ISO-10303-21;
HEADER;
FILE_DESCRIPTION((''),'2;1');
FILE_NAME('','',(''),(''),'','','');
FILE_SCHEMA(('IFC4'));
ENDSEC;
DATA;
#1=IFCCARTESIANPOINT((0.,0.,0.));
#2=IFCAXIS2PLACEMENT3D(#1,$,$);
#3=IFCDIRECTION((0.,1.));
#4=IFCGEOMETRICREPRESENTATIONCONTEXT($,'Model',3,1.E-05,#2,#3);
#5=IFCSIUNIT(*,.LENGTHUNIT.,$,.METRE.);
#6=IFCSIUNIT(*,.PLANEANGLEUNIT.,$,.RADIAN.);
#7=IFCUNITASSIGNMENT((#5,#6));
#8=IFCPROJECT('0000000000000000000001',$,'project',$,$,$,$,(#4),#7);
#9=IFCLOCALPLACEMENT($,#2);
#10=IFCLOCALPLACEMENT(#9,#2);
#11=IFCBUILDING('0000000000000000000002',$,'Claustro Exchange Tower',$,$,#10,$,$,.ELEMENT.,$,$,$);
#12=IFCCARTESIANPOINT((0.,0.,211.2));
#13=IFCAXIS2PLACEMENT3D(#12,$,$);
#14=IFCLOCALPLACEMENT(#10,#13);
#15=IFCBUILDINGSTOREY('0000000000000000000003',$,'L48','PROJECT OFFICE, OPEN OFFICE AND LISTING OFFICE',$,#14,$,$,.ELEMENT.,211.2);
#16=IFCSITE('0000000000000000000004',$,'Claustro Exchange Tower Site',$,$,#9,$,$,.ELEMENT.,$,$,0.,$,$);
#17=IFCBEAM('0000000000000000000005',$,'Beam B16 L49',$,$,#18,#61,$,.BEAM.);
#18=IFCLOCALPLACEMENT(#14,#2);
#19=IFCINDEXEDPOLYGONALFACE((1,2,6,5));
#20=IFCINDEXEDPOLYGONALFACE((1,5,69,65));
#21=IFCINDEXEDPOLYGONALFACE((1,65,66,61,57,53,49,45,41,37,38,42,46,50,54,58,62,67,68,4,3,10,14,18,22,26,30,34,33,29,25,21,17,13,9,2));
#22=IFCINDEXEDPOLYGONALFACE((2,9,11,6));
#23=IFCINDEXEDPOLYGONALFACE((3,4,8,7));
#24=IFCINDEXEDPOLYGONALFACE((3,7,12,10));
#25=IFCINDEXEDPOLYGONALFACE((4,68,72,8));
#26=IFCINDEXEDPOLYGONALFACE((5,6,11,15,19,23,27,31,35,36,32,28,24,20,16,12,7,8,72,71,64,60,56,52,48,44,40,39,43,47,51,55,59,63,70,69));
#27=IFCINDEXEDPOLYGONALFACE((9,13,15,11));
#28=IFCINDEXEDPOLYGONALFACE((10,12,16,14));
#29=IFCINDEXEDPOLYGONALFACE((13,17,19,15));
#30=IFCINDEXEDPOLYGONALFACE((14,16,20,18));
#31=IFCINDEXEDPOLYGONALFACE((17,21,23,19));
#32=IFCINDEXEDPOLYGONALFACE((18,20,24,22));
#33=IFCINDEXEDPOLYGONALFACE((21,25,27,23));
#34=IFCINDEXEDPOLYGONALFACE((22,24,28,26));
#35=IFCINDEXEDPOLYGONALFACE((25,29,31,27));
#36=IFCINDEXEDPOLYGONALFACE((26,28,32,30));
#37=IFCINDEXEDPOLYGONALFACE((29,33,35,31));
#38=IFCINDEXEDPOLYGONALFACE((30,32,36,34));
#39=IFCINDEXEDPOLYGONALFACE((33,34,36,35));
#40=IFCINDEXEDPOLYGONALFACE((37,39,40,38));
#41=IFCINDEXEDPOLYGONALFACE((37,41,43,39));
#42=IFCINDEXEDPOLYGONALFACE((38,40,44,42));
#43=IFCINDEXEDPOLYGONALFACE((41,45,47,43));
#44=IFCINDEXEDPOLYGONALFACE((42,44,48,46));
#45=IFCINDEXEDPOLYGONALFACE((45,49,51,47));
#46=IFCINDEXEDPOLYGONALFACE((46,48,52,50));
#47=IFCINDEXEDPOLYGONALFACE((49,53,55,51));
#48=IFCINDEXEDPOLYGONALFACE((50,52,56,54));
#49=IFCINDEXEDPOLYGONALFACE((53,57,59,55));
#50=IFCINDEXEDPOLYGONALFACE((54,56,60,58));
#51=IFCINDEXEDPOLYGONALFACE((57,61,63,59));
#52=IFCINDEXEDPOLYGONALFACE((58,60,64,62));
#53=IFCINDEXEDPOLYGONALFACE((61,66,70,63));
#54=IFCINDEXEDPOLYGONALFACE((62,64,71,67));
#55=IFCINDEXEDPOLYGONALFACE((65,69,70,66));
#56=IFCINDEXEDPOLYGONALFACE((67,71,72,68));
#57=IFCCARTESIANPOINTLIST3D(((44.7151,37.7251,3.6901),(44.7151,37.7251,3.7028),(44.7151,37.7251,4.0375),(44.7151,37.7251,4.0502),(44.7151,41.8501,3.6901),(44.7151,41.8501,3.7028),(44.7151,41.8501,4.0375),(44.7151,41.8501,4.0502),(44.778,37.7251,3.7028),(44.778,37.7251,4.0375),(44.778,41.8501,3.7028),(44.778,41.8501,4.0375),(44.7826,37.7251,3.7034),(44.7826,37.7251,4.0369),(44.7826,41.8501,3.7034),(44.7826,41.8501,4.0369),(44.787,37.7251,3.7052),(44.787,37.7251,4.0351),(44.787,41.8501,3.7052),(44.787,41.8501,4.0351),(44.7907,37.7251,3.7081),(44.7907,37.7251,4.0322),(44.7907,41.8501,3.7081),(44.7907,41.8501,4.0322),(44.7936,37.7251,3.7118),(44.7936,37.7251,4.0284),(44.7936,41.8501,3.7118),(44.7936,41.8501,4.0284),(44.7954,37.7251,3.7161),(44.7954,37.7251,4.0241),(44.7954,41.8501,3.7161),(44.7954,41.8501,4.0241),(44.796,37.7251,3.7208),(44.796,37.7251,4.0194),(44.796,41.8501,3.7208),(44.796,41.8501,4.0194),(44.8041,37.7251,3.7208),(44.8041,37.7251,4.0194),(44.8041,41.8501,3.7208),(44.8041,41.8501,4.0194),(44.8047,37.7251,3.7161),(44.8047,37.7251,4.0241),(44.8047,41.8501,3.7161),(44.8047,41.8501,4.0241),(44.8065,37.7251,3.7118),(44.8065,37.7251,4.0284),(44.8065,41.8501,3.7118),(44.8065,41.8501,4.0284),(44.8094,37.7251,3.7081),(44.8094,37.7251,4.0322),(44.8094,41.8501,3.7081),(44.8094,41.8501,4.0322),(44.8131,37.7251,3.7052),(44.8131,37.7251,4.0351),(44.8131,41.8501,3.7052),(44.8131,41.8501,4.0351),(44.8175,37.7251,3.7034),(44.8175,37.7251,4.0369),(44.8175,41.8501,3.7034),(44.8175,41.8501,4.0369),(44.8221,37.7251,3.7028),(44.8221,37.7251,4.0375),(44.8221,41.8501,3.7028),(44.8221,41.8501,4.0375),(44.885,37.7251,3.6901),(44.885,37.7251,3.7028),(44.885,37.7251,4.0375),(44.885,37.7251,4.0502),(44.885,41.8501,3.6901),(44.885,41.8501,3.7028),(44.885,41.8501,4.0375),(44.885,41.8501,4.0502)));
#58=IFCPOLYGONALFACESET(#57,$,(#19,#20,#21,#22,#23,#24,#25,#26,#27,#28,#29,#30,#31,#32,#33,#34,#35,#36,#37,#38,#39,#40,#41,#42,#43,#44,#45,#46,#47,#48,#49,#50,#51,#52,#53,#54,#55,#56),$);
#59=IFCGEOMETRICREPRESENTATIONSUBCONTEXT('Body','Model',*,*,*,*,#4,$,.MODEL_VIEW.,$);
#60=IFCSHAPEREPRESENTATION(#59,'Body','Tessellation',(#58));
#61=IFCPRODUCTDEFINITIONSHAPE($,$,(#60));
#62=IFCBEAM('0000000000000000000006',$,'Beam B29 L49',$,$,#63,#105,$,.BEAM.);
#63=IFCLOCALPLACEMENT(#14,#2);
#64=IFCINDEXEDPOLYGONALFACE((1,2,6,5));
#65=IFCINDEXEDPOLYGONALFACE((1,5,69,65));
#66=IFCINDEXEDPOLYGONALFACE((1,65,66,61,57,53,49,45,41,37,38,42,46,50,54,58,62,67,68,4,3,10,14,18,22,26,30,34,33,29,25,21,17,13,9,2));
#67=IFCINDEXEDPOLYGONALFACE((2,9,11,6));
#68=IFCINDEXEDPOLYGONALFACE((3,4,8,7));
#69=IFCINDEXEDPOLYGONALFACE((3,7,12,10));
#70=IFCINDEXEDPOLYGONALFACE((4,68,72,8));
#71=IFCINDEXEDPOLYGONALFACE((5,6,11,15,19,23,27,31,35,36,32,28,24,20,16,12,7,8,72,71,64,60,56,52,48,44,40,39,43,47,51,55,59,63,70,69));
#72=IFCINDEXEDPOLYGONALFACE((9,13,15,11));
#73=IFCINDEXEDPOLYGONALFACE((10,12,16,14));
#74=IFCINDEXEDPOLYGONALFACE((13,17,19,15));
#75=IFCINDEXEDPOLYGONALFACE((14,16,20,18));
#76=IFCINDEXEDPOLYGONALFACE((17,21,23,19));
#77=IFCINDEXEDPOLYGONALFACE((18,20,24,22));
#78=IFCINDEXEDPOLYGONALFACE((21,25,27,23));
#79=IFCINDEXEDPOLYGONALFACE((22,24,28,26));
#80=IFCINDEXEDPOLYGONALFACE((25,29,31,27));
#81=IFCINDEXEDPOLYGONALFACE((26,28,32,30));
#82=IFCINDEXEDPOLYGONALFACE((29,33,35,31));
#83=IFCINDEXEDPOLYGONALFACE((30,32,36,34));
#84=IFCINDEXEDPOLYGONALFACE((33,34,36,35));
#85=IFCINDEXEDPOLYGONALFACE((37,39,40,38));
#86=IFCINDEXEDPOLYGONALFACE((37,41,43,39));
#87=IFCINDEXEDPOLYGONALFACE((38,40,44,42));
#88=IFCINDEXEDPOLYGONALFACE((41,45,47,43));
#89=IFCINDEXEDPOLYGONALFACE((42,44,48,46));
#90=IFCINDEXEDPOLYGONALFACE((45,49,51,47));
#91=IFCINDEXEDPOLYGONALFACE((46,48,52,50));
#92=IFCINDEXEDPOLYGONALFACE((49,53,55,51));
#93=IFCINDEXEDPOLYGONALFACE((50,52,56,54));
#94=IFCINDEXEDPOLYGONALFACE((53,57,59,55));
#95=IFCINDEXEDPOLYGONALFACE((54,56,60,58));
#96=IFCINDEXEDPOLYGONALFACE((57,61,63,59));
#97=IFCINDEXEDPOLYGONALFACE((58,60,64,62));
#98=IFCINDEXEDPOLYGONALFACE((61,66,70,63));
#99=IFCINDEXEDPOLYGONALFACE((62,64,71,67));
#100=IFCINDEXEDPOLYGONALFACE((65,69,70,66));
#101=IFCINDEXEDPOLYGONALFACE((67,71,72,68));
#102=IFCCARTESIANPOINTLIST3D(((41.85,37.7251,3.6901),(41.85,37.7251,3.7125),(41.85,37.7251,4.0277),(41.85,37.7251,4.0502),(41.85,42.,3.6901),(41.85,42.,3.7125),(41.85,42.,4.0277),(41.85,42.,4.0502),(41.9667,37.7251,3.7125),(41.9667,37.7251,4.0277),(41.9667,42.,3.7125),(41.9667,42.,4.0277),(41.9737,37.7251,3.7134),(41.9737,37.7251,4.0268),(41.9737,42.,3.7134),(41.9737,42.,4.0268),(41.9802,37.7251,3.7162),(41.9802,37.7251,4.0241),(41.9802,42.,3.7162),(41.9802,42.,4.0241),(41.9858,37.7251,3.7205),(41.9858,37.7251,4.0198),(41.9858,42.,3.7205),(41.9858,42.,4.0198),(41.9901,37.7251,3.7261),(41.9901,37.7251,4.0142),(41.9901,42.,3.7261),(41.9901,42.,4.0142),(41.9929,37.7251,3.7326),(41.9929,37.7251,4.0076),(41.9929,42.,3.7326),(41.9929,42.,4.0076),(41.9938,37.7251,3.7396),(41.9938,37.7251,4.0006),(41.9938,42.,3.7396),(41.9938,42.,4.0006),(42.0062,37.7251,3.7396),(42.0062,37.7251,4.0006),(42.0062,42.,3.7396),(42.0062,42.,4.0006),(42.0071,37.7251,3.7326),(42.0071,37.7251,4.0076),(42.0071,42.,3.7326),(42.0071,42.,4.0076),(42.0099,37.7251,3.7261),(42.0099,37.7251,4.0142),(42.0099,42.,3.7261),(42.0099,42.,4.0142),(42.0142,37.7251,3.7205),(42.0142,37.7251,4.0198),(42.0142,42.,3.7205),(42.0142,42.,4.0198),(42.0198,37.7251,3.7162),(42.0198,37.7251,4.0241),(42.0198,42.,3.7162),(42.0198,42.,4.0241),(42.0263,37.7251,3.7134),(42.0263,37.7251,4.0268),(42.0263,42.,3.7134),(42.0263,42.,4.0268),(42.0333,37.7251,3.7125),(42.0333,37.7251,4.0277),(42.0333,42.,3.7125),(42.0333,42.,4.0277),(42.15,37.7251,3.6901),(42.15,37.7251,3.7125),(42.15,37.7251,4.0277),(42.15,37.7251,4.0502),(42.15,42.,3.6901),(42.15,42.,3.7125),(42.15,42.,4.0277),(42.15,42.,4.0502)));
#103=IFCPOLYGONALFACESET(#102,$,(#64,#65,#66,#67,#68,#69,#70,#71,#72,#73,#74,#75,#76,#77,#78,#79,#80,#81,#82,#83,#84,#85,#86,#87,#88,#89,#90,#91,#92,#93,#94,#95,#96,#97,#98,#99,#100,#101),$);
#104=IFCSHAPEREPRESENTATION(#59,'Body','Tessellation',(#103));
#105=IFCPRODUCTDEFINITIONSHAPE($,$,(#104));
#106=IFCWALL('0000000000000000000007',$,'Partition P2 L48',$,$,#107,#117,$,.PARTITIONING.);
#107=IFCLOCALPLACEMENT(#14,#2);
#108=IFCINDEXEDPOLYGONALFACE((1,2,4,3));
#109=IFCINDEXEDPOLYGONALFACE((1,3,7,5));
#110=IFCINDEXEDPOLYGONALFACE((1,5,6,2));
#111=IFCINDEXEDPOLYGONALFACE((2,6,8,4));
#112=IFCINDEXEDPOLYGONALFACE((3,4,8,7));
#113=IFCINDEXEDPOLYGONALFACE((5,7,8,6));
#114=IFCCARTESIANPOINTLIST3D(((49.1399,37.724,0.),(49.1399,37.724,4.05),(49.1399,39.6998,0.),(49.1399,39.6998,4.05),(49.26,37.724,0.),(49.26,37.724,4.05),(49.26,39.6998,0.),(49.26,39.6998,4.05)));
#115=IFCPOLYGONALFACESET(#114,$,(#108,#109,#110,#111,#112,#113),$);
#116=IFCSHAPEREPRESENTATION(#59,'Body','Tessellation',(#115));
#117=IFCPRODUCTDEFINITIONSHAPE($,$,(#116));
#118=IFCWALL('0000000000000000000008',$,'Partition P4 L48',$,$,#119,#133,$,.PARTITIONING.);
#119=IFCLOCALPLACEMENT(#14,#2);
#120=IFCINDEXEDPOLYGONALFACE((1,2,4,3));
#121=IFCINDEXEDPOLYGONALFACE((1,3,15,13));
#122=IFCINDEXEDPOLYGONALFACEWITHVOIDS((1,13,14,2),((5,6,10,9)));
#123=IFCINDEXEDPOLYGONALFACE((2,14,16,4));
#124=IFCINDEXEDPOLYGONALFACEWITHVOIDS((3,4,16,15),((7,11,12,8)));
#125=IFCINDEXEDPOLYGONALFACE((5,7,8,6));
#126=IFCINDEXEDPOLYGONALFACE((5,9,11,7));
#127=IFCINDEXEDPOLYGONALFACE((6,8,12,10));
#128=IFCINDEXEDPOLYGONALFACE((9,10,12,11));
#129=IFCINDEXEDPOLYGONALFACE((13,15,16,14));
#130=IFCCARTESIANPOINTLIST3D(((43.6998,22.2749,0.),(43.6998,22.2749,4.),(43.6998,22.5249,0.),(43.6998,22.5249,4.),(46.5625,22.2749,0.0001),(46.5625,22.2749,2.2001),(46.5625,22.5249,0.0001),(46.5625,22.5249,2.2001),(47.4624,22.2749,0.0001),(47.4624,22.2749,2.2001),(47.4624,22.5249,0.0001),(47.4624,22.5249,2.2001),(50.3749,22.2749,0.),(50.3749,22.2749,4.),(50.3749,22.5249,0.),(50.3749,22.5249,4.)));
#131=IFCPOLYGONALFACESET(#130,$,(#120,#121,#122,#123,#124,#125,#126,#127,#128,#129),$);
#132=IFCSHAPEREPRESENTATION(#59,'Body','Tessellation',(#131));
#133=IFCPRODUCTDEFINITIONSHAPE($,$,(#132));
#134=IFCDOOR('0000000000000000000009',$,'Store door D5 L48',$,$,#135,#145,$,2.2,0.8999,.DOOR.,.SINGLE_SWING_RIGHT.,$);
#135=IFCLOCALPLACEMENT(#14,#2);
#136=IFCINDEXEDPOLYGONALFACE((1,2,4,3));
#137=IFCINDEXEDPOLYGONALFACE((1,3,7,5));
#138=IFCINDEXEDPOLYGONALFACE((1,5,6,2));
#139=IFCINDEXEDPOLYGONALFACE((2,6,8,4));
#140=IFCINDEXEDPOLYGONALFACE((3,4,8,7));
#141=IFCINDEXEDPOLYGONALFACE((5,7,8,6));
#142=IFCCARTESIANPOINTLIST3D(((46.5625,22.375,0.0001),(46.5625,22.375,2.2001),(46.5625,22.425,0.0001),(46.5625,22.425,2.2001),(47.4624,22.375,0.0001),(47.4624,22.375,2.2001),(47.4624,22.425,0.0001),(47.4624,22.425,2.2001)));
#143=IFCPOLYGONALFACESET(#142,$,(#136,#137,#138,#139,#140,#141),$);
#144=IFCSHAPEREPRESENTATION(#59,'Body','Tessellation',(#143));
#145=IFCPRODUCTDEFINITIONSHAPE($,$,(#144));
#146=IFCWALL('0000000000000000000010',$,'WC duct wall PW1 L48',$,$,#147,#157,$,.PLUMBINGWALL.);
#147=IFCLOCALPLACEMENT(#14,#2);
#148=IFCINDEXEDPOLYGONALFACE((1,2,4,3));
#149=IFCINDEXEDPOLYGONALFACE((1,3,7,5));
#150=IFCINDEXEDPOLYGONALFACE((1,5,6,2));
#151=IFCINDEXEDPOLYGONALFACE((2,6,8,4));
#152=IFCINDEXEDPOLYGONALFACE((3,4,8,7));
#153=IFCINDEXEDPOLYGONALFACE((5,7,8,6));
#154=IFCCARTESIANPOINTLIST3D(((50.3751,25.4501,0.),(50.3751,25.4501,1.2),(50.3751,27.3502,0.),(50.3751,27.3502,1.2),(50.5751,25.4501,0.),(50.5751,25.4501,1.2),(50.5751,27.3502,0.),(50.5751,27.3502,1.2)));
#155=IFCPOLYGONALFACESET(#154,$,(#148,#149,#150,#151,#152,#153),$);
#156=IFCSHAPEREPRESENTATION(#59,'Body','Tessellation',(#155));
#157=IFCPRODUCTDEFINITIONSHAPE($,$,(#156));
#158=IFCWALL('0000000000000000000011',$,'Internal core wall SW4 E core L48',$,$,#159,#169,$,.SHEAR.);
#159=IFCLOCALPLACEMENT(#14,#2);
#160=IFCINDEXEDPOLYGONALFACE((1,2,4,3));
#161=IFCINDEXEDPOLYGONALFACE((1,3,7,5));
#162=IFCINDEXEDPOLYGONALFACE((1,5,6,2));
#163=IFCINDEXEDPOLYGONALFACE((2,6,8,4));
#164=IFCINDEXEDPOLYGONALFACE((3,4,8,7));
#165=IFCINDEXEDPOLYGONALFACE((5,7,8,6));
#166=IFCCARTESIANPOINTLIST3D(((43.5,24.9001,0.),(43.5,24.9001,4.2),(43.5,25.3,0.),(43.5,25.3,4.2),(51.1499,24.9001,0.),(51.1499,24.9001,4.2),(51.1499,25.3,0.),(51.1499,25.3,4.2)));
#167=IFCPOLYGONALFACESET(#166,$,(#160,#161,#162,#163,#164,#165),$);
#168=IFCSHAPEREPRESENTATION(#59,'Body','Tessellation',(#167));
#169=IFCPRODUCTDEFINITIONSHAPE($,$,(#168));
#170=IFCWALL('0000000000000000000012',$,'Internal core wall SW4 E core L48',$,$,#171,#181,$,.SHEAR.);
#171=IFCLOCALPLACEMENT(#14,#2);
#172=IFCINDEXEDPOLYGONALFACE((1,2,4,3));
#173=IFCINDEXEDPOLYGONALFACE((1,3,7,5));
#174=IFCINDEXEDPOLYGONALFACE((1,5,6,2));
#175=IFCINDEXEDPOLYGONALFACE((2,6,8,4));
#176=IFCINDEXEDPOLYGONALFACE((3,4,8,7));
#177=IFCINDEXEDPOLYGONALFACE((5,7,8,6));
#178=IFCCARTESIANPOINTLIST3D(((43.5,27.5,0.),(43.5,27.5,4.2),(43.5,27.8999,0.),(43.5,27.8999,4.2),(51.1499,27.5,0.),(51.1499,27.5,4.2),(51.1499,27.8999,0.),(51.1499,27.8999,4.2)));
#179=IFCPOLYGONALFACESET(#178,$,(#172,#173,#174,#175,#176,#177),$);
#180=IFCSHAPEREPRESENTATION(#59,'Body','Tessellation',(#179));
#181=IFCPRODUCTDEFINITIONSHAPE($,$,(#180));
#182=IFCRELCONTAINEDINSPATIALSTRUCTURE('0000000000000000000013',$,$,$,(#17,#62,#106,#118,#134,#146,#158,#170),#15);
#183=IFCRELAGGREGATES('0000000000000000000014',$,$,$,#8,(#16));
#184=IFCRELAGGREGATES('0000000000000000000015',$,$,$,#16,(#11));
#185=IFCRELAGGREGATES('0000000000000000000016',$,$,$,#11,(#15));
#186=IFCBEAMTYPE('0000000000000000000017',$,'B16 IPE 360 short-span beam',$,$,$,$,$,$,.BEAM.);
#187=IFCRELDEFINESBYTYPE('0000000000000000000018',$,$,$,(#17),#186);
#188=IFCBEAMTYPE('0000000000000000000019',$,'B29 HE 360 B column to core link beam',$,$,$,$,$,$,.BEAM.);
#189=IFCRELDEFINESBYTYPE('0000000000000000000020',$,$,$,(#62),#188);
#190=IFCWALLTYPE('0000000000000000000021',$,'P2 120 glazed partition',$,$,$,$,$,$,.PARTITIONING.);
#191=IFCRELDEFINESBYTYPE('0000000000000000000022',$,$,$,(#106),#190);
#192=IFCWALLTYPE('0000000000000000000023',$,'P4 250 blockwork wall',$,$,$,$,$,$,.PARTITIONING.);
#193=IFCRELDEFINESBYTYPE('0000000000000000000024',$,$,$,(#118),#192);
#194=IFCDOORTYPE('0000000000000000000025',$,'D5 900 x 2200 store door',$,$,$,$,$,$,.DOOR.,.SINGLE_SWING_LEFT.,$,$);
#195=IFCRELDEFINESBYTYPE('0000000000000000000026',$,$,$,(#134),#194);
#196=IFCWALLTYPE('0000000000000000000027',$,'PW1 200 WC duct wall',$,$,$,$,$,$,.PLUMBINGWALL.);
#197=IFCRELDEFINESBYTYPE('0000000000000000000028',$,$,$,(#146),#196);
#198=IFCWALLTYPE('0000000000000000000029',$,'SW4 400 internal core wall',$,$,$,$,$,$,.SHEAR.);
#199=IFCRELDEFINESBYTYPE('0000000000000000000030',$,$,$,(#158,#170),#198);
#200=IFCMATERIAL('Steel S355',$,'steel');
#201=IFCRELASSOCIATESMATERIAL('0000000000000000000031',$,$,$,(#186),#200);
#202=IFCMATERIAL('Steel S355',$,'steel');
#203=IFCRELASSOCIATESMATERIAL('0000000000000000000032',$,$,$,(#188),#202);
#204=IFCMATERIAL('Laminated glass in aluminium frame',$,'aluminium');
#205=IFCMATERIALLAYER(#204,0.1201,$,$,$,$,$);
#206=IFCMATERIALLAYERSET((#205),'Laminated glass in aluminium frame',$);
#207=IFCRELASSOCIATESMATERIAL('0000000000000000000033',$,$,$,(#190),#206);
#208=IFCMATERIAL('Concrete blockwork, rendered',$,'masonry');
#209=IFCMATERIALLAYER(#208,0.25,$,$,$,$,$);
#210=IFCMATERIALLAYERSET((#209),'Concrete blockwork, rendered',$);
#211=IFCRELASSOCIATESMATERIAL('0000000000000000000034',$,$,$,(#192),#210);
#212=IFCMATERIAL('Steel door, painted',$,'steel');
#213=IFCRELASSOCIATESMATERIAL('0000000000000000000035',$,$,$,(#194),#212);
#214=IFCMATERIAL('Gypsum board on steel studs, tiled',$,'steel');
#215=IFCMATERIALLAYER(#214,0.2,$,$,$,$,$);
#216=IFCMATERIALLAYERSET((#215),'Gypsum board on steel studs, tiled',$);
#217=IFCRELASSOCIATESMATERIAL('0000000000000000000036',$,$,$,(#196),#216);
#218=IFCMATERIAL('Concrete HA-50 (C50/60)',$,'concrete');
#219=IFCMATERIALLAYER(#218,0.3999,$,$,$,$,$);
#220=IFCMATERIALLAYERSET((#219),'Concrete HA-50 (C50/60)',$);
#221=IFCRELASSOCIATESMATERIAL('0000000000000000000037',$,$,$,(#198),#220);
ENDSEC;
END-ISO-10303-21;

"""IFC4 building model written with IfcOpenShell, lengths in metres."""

from ifc_helpers import new_model, si_unit, direction, frame, frame_2d, origin, origin_2d, place, context, subcontext, project, spatial, rectangle, i_section, extrude, material, layer, layer_set, material_profile, profile_set, type_object, element, fill, save


model = new_model("IFC4")

# Units and contexts
model_context = context("Model", 3, precision=1e-05, world=origin(), true_north=direction((0.0, 1.0)))
body_context = subcontext(model_context, "Body", "Model", "MODEL_VIEW")
ifc_project = project(units=[si_unit("LENGTHUNIT", "METRE"), si_unit("PLANEANGLEUNIT", "RADIAN")], contexts=[model_context])

# Site, building, storey
site_placement = place(None, origin())
site = spatial("IfcSite", under=ifc_project, at=site_placement, Name="Claustro Exchange Tower Site", CompositionType="ELEMENT", RefElevation=0.0)
building_placement = place(site_placement, origin())
building = spatial("IfcBuilding", under=site, at=building_placement, Name="Claustro Exchange Tower", CompositionType="ELEMENT")
storey_placement = place(building_placement, frame((0.0, 0.0, 211.2)))
storey = spatial("IfcBuildingStorey", under=building, at=storey_placement, Name="L48", Description="PROJECT OFFICE, OPEN OFFICE AND LISTING OFFICE", CompositionType="ELEMENT", Elevation=211.2)

# Beams
ifc_material_1 = material(Name="Steel S355", Category="steel")
ifc_material_profile_1 = material_profile(ifc_material_1, i_section(OverallWidth=0.1699, OverallDepth=0.3601, WebThickness=0.0081, FlangeThickness=0.0127, FilletRadius=0.0181, at=origin_2d()), Name="IPE 360")
ifc_profile_set_1 = profile_set([ifc_material_profile_1], Name="Steel S355")
beam_type_1 = type_object("IfcBeamType", Name="B16 IPE 360 short-span beam", PredefinedType="BEAM", material=ifc_profile_set_1)
beam_1_placement = place(storey_placement, frame((44.8, 37.7251, 3.8701), z_axis=(0.0, 1.0, 0.0), x_axis=(-1.0, 0.0, 0.0)))
element("IfcBeam", 1, at=beam_1_placement, inside=storey, type_object=beam_type_1, Name="Beam B16 L49", PredefinedType="BEAM", context=body_context, shape_type="SweptSolid", body=[
    extrude(i_section(OverallWidth=0.1699, OverallDepth=0.3601, WebThickness=0.0081, FlangeThickness=0.0127, FilletRadius=0.0181, at=origin_2d()), origin(), (0.0, 0.0, 1.0), 4.125),
])
ifc_material_2 = material(Name="Steel S355", Category="steel")
ifc_material_profile_2 = material_profile(ifc_material_2, i_section(OverallWidth=0.3, OverallDepth=0.3601, WebThickness=0.0125, FlangeThickness=0.0225, FilletRadius=0.0271, at=origin_2d()), Name="HE 360 B")
ifc_profile_set_2 = profile_set([ifc_material_profile_2], Name="Steel S355")
beam_type_2 = type_object("IfcBeamType", Name="B29 HE 360 B column to core link beam", PredefinedType="BEAM", material=ifc_profile_set_2)
beam_2_placement = place(storey_placement, frame((42.0, 37.7251, 3.8701), z_axis=(0.0, 1.0, 0.0), x_axis=(-1.0, 0.0, 0.0)))
element("IfcBeam", 2, at=beam_2_placement, inside=storey, type_object=beam_type_2, Name="Beam B29 L49", PredefinedType="BEAM", context=body_context, shape_type="SweptSolid", body=[
    extrude(i_section(OverallWidth=0.3, OverallDepth=0.3601, WebThickness=0.0125, FlangeThickness=0.0225, FilletRadius=0.0271, at=origin_2d()), origin(), (0.0, 0.0, 1.0), 4.2749),
])

# Shared definitions
ifc_material_3 = material(Name="Laminated glass in aluminium frame", Category="aluminium")
ifc_layer_1 = layer(ifc_material_3, 0.1201)
ifc_layer_set_1 = layer_set([ifc_layer_1], Name="Laminated glass in aluminium frame")
wall_type_1 = type_object("IfcWallType", Name="P2 120 glazed partition", PredefinedType="PARTITIONING", material=ifc_layer_set_1)

# Wall
wall_1_placement = place(storey_placement, frame((49.2, 37.7241, 0.0), z_axis=(0.0, 0.0, 1.0), x_axis=(0.0, 1.0, 0.0)))
element("IfcWall", 3, at=wall_1_placement, inside=storey, type_object=wall_type_1, Name="Partition P2 L48", PredefinedType="PARTITIONING", context=body_context, shape_type="SweptSolid", body=[
    extrude(rectangle(XDim=1.9758, YDim=0.1201, at=frame_2d((0.9878, 0.0))), origin(), (0.0, 0.0, 1.0), 4.05),
])

# Wall, opening, door
ifc_material_4 = material(Name="Concrete blockwork, rendered", Category="masonry")
ifc_layer_2 = layer(ifc_material_4, 0.25)
ifc_layer_set_2 = layer_set([ifc_layer_2], Name="Concrete blockwork, rendered")
wall_type_2 = type_object("IfcWallType", Name="P4 250 blockwork wall", PredefinedType="PARTITIONING", material=ifc_layer_set_2)
wall_2_placement = place(storey_placement, frame((43.7, 22.3999, 0.0), z_axis=(0.0, 0.0, 1.0), x_axis=(1.0, 0.0, 0.0)))
wall_2 = element("IfcWall", 4, at=wall_2_placement, inside=storey, type_object=wall_type_2, Name="Partition P4 L48", PredefinedType="PARTITIONING", context=body_context, shape_type="SweptSolid", body=[
    extrude(rectangle(XDim=6.675, YDim=0.25, at=frame_2d((3.3374, 0.0))), origin(), (0.0, 0.0, 1.0), 4.0),
])
opening_1_placement = place(wall_2_placement, frame((2.8625, 0.0, 0.0)))
opening_1 = element("IfcOpeningElement", 5, at=opening_1_placement, cuts=wall_2, PredefinedType="OPENING", context=body_context, shape_type="SweptSolid", body=[
    extrude(rectangle(XDim=0.8999, YDim=2.2, at=frame_2d((0.45, 1.1001))), frame((0.0, 0.135, 0.0), z_axis=(0.0, -1.0, 0.0), x_axis=(1.0, 0.0, 0.0)), (0.0, 0.0, 1.0), 0.27),
])
ifc_material_5 = material(Name="Steel door, painted", Category="steel")
door_type_1 = type_object("IfcDoorType", Name="D5 900 x 2200 store door", OperationType="SINGLE_SWING_LEFT", PredefinedType="DOOR", material=ifc_material_5)
door_1_placement = place(opening_1_placement, frame((0.8999, 0.0, 0.0), z_axis=(0.0, 0.0, 1.0), x_axis=(-1.0, 0.0, 0.0)))
door_1 = element("IfcDoor", 6, at=door_1_placement, inside=storey, type_object=door_type_1, Name="Store door D5 L48", OperationType="SINGLE_SWING_RIGHT", OverallHeight=2.2, OverallWidth=0.8999, PredefinedType="DOOR", context=body_context, shape_type="SweptSolid", body=[
    extrude(rectangle(XDim=0.8999, YDim=2.2, at=frame_2d((0.45, 1.1001))), frame((0.0, 0.0249, 0.0), z_axis=(0.0, -1.0, 0.0), x_axis=(1.0, 0.0, 0.0)), (0.0, 0.0, 1.0), 0.05),
])
fill(opening_1, door_1)

# Walls
ifc_material_6 = material(Name="Gypsum board on steel studs, tiled", Category="steel")
ifc_layer_3 = layer(ifc_material_6, 0.2)
ifc_layer_set_3 = layer_set([ifc_layer_3], Name="Gypsum board on steel studs, tiled")
wall_type_3 = type_object("IfcWallType", Name="PW1 200 WC duct wall", PredefinedType="PLUMBINGWALL", material=ifc_layer_set_3)
wall_3_placement = place(storey_placement, frame((50.4751, 25.45, 0.0), z_axis=(0.0, 0.0, 1.0), x_axis=(0.0, 1.0, 0.0)))
element("IfcWall", 7, at=wall_3_placement, inside=storey, type_object=wall_type_3, Name="WC duct wall PW1 L48", PredefinedType="PLUMBINGWALL", context=body_context, shape_type="SweptSolid", body=[
    extrude(rectangle(XDim=1.9001, YDim=0.2, at=frame_2d((0.9502, 0.0))), origin(), (0.0, 0.0, 1.0), 1.2),
])
ifc_material_7 = material(Name="Concrete HA-50 (C50/60)", Category="concrete")
ifc_layer_4 = layer(ifc_material_7, 0.3999)
ifc_layer_set_4 = layer_set([ifc_layer_4], Name="Concrete HA-50 (C50/60)")
wall_type_4 = type_object("IfcWallType", Name="SW4 400 internal core wall", PredefinedType="SHEAR", material=ifc_layer_set_4)
for number, where, z_axis, x_axis, name in (
    (8, (51.1499, 25.1001, 0.0), (0.0, 0.0, 1.0), (-1.0, 0.0, 0.0), "Internal core wall SW4 E core L48"),
    (9, (51.1499, 27.7, 0.0), (0.0, 0.0, 1.0), (-1.0, 0.0, 0.0), "Internal core wall SW4 E core L48"),
):
    element("IfcWall", number, at=place(storey_placement, frame(where, z_axis=z_axis, x_axis=x_axis)), inside=storey, type_object=wall_type_4, Name=name, PredefinedType="SHEAR", context=body_context, shape_type="SweptSolid", body=[
        extrude(rectangle(XDim=7.6499, YDim=0.3999, at=frame_2d((3.825, 0.0))), origin(), (0.0, 0.0, 1.0), 4.2),
    ])

save(model, "model.ifc")
